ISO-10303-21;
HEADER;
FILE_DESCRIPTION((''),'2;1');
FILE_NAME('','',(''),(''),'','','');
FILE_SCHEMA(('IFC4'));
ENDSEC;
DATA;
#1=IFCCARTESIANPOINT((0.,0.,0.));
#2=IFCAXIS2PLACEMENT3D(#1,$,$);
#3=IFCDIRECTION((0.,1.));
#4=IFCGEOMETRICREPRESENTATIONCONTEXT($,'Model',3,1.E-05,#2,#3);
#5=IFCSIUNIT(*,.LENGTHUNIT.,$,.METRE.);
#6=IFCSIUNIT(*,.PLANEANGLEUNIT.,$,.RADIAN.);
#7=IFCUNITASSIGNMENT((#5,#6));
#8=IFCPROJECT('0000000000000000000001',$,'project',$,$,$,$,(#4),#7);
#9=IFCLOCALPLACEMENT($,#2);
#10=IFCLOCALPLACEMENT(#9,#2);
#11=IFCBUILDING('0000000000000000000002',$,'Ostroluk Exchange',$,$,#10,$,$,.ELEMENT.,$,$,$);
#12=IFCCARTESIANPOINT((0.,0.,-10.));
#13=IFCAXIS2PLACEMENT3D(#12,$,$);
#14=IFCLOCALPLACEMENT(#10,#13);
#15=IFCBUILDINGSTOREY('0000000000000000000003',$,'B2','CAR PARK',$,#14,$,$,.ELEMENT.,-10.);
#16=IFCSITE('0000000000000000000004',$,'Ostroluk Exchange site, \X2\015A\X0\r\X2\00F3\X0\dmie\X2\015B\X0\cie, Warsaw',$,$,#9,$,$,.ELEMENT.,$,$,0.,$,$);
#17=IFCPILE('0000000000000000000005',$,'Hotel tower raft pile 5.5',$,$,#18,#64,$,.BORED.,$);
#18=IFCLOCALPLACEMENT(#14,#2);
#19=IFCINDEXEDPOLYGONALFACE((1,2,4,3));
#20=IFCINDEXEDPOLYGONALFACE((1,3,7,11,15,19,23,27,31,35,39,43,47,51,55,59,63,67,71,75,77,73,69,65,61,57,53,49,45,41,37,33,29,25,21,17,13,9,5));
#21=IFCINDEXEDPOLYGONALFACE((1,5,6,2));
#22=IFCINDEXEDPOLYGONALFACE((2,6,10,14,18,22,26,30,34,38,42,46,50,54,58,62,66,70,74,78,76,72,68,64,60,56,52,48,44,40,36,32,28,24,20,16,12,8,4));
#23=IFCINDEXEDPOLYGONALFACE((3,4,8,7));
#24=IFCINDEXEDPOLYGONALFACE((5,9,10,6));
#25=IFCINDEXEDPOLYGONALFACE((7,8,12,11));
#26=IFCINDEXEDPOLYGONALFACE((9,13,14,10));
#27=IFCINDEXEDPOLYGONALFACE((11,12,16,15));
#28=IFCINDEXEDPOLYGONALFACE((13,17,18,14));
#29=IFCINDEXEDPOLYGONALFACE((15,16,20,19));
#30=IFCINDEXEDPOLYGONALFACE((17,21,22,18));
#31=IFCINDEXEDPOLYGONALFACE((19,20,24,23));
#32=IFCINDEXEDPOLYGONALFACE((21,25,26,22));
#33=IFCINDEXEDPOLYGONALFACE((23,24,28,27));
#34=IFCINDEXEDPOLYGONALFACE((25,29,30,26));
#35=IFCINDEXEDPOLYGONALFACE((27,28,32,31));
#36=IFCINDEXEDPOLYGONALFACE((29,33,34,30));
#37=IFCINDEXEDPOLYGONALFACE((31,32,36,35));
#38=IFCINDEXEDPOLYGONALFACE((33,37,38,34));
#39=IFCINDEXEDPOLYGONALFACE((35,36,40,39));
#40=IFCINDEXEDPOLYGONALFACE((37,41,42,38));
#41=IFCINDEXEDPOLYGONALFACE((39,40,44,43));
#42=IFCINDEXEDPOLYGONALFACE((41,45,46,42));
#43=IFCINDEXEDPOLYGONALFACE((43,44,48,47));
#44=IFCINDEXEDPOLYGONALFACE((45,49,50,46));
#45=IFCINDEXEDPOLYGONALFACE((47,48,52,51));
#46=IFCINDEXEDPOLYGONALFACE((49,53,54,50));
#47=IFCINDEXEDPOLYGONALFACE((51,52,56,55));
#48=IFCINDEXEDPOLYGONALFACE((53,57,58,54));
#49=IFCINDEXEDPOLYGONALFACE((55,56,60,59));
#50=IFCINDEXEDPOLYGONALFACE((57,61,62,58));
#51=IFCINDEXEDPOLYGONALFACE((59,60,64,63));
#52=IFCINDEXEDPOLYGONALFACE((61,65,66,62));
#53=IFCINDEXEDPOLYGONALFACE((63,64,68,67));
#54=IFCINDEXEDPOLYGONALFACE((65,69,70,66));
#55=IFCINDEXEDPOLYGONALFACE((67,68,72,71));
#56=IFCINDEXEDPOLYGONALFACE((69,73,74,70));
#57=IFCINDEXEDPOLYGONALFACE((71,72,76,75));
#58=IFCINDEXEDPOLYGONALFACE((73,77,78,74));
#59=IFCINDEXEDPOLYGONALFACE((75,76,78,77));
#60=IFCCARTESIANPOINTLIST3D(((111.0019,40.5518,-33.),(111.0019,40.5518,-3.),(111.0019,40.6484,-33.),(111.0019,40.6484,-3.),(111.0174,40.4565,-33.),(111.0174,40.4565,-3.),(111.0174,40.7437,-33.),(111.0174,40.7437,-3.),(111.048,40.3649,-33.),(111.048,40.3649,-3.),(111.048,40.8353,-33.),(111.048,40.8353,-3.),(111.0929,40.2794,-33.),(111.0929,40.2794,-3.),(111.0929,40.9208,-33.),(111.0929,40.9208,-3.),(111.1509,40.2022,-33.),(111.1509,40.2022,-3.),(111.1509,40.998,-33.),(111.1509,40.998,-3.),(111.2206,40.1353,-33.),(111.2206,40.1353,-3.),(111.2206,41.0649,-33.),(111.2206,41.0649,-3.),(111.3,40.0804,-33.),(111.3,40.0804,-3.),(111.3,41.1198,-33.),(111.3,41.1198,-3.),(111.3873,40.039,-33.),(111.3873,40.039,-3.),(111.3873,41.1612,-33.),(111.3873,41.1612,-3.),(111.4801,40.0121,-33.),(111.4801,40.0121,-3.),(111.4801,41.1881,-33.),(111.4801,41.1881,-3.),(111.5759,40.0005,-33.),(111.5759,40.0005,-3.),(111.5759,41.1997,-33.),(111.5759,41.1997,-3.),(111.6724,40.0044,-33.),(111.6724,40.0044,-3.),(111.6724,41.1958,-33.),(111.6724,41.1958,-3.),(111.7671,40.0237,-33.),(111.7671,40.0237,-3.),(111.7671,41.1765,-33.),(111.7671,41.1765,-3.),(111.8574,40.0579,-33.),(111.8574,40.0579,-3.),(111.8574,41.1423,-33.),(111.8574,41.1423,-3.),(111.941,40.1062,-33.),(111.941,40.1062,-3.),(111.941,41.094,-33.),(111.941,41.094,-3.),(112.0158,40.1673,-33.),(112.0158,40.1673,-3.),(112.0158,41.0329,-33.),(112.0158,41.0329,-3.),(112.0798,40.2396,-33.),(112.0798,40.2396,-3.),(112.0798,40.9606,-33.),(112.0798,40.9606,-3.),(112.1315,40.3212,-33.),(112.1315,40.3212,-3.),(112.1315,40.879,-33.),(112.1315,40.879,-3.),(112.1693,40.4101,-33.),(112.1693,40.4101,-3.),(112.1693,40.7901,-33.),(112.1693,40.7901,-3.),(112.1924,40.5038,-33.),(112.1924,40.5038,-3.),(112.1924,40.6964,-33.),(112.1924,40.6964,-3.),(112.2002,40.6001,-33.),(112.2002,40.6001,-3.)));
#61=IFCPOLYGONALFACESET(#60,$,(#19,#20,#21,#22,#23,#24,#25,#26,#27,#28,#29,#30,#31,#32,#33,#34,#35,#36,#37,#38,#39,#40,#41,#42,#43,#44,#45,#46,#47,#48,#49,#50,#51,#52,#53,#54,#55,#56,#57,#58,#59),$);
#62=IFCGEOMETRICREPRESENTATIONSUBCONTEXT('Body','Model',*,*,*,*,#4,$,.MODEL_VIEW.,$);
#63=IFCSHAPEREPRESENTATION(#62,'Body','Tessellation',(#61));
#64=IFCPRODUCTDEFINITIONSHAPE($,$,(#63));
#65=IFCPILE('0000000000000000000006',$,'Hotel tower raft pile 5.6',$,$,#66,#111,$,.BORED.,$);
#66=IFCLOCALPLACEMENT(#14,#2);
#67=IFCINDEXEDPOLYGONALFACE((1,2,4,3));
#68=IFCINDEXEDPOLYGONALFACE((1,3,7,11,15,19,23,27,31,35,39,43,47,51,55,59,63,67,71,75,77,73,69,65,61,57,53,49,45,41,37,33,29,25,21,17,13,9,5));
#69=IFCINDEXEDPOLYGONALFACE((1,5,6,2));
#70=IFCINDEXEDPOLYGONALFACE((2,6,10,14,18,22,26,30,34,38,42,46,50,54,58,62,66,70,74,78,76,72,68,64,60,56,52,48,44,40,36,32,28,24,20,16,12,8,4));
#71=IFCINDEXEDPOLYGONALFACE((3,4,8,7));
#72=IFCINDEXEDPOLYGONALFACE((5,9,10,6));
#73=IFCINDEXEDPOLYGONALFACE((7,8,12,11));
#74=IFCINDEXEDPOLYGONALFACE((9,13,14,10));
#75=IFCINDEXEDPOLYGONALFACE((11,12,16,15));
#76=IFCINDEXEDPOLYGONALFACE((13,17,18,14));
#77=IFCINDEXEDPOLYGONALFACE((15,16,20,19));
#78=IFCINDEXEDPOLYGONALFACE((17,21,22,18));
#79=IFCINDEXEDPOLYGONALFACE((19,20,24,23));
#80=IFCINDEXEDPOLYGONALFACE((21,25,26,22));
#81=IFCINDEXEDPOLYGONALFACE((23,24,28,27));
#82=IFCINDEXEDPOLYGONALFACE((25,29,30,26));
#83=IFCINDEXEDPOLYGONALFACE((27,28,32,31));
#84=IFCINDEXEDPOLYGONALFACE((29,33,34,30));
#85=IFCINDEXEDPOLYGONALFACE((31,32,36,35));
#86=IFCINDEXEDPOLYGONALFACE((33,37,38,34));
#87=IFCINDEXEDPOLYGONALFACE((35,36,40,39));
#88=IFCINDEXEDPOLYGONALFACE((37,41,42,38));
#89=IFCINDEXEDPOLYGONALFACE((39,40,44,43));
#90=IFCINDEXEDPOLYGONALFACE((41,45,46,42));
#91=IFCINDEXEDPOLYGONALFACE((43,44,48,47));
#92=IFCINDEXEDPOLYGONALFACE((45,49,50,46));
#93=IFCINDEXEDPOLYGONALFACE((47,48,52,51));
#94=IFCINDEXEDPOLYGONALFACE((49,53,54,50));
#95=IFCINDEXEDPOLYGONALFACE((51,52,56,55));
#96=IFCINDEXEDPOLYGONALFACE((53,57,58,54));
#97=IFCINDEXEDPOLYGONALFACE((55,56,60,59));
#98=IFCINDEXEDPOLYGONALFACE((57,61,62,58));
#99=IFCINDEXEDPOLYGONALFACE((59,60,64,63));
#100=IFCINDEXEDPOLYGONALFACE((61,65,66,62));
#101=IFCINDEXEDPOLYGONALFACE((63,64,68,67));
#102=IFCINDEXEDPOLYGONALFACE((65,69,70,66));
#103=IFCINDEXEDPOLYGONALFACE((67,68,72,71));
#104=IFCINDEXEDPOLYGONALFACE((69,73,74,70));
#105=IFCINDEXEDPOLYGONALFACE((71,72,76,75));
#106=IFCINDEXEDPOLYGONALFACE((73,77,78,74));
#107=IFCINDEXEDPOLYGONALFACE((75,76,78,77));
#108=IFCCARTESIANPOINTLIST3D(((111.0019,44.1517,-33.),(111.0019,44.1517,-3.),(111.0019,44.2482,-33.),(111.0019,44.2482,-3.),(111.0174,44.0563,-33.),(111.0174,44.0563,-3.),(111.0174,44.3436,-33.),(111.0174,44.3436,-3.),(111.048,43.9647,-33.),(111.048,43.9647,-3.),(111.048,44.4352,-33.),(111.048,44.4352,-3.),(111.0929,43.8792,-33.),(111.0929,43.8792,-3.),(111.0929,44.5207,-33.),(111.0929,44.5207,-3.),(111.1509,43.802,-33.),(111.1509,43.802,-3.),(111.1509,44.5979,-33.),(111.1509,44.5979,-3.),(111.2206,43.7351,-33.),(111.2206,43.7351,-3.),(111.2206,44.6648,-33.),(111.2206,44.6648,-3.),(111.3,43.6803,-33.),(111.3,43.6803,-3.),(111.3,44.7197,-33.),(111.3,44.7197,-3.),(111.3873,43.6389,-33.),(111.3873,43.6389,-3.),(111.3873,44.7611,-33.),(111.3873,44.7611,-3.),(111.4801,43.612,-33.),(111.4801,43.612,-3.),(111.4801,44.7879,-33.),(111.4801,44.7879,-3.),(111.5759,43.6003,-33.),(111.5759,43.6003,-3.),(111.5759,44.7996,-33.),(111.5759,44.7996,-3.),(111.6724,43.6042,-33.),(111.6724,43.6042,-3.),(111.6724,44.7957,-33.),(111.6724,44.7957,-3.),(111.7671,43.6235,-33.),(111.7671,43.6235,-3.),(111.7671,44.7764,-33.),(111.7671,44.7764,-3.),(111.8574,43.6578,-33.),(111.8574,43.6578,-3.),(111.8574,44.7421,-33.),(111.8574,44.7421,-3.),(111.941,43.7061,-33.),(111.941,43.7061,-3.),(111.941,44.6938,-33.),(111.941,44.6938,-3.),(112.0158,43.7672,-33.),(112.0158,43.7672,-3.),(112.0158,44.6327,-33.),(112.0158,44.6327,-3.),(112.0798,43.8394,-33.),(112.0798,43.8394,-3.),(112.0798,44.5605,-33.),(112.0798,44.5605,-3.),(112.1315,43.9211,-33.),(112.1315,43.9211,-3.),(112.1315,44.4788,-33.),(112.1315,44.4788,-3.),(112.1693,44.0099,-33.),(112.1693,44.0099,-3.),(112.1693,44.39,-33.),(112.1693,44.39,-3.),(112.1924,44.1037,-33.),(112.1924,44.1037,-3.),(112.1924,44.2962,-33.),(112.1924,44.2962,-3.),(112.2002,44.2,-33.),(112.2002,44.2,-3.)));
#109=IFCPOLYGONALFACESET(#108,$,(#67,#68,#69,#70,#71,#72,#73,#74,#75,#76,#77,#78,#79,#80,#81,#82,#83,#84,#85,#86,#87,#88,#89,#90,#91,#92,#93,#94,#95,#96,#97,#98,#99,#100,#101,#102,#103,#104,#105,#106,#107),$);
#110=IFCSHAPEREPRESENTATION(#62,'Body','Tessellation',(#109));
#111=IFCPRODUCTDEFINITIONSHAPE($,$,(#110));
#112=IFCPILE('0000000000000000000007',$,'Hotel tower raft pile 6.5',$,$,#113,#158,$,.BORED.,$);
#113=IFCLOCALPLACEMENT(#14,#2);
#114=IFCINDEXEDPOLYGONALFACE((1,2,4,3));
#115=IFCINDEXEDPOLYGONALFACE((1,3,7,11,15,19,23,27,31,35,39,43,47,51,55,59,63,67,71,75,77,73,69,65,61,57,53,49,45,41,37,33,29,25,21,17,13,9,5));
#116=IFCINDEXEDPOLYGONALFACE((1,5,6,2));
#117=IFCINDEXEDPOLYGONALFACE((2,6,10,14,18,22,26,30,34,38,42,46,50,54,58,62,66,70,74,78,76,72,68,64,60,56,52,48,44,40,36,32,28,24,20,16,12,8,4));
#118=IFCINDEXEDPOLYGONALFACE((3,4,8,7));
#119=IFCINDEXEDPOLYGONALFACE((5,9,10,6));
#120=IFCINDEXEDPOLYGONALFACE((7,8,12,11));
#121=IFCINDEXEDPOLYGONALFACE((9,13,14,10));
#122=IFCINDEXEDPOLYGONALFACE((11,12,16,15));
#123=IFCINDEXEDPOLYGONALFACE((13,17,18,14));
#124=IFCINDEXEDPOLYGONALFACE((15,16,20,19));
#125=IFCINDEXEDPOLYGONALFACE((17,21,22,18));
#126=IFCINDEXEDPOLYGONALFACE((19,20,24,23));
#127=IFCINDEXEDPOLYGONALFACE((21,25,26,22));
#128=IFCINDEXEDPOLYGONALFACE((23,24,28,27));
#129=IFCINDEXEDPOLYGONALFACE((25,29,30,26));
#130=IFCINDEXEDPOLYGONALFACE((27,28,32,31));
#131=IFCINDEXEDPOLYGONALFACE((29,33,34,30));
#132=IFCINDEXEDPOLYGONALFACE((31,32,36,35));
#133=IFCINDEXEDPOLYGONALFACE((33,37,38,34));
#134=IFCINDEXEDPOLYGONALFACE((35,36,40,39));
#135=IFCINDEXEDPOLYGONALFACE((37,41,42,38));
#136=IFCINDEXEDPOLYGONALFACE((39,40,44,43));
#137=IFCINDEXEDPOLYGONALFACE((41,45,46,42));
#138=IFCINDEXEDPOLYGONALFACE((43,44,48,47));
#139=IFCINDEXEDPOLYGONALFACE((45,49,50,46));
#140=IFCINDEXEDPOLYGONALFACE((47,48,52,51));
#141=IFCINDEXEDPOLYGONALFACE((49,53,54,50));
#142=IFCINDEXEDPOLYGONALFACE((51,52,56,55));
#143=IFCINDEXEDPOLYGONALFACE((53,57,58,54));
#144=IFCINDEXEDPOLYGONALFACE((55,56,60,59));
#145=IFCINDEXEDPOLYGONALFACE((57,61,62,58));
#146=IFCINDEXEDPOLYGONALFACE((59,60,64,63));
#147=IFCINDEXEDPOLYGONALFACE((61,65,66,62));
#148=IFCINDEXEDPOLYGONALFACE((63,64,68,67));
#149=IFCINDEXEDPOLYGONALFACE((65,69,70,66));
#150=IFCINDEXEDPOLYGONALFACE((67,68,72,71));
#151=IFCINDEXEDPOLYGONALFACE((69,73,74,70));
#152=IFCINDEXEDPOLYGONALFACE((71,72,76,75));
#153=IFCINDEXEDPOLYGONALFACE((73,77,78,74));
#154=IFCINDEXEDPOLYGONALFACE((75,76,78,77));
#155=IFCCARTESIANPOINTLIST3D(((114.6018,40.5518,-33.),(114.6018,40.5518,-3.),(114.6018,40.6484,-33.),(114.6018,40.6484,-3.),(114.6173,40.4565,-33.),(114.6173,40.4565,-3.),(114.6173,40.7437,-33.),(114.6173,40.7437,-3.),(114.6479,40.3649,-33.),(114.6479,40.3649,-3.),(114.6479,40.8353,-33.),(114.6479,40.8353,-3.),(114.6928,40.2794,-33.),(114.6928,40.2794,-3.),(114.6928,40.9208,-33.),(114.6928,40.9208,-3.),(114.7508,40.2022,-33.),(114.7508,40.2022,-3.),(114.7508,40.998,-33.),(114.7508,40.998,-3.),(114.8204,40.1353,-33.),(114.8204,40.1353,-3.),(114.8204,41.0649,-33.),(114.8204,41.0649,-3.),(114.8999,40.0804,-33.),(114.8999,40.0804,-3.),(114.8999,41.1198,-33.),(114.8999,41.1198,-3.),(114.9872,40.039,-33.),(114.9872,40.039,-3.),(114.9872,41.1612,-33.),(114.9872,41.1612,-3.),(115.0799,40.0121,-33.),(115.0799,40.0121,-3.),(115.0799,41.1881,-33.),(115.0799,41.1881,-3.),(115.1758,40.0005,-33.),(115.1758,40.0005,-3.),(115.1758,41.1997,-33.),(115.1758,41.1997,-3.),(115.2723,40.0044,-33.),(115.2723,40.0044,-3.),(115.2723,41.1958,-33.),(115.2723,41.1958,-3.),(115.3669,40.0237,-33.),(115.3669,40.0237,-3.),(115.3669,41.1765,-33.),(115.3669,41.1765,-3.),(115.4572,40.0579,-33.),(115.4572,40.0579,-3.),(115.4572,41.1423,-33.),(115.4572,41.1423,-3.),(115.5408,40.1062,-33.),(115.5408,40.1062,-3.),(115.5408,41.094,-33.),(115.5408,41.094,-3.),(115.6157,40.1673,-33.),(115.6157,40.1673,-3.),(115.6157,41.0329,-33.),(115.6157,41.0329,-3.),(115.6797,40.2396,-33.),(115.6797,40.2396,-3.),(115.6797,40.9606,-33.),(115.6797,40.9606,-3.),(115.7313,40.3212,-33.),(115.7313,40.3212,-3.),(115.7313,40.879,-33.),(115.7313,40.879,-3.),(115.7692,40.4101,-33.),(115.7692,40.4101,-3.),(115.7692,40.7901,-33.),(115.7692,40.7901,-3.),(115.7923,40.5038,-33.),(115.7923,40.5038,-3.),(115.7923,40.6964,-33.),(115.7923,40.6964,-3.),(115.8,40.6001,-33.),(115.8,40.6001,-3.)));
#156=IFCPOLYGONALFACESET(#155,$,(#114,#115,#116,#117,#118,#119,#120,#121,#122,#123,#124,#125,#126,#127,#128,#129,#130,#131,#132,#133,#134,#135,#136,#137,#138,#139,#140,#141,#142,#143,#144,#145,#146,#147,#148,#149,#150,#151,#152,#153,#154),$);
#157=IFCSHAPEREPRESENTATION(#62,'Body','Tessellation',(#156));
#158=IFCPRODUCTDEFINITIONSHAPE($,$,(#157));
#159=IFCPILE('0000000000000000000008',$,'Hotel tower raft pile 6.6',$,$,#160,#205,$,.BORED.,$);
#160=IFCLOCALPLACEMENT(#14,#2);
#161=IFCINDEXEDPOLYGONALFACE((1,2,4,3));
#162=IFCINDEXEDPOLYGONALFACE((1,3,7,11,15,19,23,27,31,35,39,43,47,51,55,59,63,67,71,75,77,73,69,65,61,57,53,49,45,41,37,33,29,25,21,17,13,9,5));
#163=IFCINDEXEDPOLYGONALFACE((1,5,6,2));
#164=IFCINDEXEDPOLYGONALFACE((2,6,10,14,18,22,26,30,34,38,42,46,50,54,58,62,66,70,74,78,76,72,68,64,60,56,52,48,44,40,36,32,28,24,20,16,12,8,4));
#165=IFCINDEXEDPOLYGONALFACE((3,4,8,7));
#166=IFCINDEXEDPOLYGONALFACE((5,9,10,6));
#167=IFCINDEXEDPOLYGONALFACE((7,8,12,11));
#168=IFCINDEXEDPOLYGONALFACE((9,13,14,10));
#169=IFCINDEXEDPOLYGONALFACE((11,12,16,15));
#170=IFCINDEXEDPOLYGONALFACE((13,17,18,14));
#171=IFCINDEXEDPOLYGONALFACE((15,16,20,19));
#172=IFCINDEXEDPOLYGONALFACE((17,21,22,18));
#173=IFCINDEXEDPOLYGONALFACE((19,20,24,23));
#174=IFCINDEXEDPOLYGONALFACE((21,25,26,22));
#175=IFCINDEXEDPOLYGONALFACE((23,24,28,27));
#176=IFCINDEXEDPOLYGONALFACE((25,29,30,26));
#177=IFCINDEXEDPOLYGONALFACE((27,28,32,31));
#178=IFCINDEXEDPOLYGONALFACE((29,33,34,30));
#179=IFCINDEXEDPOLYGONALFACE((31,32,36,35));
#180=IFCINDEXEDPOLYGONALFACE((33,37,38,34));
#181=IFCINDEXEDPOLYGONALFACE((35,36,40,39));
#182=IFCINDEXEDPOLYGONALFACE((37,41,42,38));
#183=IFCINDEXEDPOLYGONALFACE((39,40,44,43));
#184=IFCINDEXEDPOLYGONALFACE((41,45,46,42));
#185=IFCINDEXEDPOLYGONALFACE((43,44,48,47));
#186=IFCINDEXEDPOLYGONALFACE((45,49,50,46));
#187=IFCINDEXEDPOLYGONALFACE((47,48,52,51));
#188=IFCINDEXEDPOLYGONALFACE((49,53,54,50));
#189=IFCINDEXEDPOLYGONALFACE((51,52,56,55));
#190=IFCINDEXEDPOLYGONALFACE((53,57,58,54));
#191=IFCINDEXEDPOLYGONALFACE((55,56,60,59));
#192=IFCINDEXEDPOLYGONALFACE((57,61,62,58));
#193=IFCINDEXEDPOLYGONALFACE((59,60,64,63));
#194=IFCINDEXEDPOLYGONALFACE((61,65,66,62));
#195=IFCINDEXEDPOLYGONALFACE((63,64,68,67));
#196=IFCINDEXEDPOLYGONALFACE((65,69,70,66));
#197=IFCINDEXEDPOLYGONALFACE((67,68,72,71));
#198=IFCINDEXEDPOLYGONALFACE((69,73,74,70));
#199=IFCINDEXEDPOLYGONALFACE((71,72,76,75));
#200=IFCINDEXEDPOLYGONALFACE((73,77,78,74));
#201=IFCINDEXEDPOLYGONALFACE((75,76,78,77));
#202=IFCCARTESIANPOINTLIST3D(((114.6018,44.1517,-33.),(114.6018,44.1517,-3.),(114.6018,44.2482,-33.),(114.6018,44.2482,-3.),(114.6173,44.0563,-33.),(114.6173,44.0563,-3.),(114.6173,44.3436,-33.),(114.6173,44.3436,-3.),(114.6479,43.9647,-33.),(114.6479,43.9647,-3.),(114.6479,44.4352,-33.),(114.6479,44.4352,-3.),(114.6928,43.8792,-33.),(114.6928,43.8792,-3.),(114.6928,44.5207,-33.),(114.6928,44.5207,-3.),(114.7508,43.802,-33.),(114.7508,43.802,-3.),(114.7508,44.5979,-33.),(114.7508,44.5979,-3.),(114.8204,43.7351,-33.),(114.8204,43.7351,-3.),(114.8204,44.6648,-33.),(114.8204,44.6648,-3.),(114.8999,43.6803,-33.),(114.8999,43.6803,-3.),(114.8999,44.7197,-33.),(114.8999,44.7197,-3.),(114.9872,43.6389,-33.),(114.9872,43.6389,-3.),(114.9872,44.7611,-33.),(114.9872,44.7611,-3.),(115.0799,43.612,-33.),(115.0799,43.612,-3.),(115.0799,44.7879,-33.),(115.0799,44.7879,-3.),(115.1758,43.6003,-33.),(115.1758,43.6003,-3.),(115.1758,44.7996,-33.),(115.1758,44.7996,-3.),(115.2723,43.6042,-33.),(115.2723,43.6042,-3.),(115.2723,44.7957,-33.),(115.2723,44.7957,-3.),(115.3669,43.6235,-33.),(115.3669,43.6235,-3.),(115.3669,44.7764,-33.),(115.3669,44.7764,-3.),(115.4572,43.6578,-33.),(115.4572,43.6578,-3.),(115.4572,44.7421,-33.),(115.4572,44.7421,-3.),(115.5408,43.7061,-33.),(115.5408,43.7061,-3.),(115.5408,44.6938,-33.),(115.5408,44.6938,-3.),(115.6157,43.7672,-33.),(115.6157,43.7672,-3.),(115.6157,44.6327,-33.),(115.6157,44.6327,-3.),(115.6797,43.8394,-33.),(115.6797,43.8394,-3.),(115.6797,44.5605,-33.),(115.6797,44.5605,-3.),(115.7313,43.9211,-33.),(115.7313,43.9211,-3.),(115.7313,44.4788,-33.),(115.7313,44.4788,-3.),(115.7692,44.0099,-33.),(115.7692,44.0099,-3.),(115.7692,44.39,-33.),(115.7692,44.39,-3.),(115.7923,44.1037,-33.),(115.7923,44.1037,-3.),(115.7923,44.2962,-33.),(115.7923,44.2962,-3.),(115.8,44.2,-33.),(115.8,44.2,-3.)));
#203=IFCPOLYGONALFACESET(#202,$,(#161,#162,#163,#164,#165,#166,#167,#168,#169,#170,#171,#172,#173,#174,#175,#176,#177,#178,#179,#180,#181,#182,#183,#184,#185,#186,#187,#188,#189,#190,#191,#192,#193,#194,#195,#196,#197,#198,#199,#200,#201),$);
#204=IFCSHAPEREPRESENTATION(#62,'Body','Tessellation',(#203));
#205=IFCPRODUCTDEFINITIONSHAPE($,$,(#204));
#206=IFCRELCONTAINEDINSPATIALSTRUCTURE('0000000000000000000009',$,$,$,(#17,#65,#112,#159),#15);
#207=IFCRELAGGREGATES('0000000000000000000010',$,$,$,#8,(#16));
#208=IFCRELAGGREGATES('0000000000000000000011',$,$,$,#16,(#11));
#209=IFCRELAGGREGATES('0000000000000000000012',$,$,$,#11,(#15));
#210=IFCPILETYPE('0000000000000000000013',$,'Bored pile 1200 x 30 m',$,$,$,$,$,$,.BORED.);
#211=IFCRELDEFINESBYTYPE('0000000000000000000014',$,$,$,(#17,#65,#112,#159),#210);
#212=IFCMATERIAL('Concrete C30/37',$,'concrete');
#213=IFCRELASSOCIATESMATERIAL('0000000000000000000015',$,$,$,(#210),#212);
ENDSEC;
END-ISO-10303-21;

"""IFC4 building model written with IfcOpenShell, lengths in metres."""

from ifc_helpers import new_model, si_unit, direction, frame, origin, origin_2d, place, context, subcontext, project, spatial, circle, extrude, material, type_object, element, save


model = new_model("IFC4")

# Units and contexts
model_context = context("Model", 3, precision=1e-05, world=origin(), true_north=direction((0.0, 1.0)))
body_context = subcontext(model_context, "Body", "Model", "MODEL_VIEW")
ifc_project = project(units=[si_unit("LENGTHUNIT", "METRE"), si_unit("PLANEANGLEUNIT", "RADIAN")], contexts=[model_context])

# Site, building, storey
site_placement = place(None, origin())
site = spatial("IfcSite", under=ifc_project, at=site_placement, Name="Ostroluk Exchange site, Śródmieście, Warsaw", CompositionType="ELEMENT", RefElevation=0.0)
building_placement = place(site_placement, origin())
building = spatial("IfcBuilding", under=site, at=building_placement, Name="Ostroluk Exchange", CompositionType="ELEMENT")
storey_placement = place(building_placement, frame((0.0, 0.0, -10.0)))
storey = spatial("IfcBuildingStorey", under=building, at=storey_placement, Name="B2", Description="CAR PARK", CompositionType="ELEMENT", Elevation=-10.0)

# Piles
ifc_material_1 = material(Name="Concrete C30/37", Category="concrete")
pile_type = type_object("IfcPileType", Name="Bored pile 1200 x 30 m", PredefinedType="BORED", material=ifc_material_1)
for number, where, z_axis, x_axis, name in (
    (1, (111.6001, 40.6001, -3.0), (0.0, 0.0, -1.0), (1.0, 0.0, 0.0), "Hotel tower raft pile 5.5"),
    (2, (111.6001, 44.2, -3.0), (0.0, 0.0, -1.0), (1.0, 0.0, 0.0), "Hotel tower raft pile 5.6"),
    (3, (115.2, 40.6001, -3.0), (0.0, 0.0, -1.0), (1.0, 0.0, 0.0), "Hotel tower raft pile 6.5"),
    (4, (115.2, 44.2, -3.0), (0.0, 0.0, -1.0), (1.0, 0.0, 0.0), "Hotel tower raft pile 6.6"),
):
    element("IfcPile", number, at=place(storey_placement, frame(where, z_axis=z_axis, x_axis=x_axis)), inside=storey, type_object=pile_type, Name=name, PredefinedType="BORED", context=body_context, shape_type="SweptSolid", body=[
        extrude(circle(Radius=0.6001, at=origin_2d()), origin(), (0.0, 0.0, 1.0), 30.0),
    ])

save(model, "model.ifc")
